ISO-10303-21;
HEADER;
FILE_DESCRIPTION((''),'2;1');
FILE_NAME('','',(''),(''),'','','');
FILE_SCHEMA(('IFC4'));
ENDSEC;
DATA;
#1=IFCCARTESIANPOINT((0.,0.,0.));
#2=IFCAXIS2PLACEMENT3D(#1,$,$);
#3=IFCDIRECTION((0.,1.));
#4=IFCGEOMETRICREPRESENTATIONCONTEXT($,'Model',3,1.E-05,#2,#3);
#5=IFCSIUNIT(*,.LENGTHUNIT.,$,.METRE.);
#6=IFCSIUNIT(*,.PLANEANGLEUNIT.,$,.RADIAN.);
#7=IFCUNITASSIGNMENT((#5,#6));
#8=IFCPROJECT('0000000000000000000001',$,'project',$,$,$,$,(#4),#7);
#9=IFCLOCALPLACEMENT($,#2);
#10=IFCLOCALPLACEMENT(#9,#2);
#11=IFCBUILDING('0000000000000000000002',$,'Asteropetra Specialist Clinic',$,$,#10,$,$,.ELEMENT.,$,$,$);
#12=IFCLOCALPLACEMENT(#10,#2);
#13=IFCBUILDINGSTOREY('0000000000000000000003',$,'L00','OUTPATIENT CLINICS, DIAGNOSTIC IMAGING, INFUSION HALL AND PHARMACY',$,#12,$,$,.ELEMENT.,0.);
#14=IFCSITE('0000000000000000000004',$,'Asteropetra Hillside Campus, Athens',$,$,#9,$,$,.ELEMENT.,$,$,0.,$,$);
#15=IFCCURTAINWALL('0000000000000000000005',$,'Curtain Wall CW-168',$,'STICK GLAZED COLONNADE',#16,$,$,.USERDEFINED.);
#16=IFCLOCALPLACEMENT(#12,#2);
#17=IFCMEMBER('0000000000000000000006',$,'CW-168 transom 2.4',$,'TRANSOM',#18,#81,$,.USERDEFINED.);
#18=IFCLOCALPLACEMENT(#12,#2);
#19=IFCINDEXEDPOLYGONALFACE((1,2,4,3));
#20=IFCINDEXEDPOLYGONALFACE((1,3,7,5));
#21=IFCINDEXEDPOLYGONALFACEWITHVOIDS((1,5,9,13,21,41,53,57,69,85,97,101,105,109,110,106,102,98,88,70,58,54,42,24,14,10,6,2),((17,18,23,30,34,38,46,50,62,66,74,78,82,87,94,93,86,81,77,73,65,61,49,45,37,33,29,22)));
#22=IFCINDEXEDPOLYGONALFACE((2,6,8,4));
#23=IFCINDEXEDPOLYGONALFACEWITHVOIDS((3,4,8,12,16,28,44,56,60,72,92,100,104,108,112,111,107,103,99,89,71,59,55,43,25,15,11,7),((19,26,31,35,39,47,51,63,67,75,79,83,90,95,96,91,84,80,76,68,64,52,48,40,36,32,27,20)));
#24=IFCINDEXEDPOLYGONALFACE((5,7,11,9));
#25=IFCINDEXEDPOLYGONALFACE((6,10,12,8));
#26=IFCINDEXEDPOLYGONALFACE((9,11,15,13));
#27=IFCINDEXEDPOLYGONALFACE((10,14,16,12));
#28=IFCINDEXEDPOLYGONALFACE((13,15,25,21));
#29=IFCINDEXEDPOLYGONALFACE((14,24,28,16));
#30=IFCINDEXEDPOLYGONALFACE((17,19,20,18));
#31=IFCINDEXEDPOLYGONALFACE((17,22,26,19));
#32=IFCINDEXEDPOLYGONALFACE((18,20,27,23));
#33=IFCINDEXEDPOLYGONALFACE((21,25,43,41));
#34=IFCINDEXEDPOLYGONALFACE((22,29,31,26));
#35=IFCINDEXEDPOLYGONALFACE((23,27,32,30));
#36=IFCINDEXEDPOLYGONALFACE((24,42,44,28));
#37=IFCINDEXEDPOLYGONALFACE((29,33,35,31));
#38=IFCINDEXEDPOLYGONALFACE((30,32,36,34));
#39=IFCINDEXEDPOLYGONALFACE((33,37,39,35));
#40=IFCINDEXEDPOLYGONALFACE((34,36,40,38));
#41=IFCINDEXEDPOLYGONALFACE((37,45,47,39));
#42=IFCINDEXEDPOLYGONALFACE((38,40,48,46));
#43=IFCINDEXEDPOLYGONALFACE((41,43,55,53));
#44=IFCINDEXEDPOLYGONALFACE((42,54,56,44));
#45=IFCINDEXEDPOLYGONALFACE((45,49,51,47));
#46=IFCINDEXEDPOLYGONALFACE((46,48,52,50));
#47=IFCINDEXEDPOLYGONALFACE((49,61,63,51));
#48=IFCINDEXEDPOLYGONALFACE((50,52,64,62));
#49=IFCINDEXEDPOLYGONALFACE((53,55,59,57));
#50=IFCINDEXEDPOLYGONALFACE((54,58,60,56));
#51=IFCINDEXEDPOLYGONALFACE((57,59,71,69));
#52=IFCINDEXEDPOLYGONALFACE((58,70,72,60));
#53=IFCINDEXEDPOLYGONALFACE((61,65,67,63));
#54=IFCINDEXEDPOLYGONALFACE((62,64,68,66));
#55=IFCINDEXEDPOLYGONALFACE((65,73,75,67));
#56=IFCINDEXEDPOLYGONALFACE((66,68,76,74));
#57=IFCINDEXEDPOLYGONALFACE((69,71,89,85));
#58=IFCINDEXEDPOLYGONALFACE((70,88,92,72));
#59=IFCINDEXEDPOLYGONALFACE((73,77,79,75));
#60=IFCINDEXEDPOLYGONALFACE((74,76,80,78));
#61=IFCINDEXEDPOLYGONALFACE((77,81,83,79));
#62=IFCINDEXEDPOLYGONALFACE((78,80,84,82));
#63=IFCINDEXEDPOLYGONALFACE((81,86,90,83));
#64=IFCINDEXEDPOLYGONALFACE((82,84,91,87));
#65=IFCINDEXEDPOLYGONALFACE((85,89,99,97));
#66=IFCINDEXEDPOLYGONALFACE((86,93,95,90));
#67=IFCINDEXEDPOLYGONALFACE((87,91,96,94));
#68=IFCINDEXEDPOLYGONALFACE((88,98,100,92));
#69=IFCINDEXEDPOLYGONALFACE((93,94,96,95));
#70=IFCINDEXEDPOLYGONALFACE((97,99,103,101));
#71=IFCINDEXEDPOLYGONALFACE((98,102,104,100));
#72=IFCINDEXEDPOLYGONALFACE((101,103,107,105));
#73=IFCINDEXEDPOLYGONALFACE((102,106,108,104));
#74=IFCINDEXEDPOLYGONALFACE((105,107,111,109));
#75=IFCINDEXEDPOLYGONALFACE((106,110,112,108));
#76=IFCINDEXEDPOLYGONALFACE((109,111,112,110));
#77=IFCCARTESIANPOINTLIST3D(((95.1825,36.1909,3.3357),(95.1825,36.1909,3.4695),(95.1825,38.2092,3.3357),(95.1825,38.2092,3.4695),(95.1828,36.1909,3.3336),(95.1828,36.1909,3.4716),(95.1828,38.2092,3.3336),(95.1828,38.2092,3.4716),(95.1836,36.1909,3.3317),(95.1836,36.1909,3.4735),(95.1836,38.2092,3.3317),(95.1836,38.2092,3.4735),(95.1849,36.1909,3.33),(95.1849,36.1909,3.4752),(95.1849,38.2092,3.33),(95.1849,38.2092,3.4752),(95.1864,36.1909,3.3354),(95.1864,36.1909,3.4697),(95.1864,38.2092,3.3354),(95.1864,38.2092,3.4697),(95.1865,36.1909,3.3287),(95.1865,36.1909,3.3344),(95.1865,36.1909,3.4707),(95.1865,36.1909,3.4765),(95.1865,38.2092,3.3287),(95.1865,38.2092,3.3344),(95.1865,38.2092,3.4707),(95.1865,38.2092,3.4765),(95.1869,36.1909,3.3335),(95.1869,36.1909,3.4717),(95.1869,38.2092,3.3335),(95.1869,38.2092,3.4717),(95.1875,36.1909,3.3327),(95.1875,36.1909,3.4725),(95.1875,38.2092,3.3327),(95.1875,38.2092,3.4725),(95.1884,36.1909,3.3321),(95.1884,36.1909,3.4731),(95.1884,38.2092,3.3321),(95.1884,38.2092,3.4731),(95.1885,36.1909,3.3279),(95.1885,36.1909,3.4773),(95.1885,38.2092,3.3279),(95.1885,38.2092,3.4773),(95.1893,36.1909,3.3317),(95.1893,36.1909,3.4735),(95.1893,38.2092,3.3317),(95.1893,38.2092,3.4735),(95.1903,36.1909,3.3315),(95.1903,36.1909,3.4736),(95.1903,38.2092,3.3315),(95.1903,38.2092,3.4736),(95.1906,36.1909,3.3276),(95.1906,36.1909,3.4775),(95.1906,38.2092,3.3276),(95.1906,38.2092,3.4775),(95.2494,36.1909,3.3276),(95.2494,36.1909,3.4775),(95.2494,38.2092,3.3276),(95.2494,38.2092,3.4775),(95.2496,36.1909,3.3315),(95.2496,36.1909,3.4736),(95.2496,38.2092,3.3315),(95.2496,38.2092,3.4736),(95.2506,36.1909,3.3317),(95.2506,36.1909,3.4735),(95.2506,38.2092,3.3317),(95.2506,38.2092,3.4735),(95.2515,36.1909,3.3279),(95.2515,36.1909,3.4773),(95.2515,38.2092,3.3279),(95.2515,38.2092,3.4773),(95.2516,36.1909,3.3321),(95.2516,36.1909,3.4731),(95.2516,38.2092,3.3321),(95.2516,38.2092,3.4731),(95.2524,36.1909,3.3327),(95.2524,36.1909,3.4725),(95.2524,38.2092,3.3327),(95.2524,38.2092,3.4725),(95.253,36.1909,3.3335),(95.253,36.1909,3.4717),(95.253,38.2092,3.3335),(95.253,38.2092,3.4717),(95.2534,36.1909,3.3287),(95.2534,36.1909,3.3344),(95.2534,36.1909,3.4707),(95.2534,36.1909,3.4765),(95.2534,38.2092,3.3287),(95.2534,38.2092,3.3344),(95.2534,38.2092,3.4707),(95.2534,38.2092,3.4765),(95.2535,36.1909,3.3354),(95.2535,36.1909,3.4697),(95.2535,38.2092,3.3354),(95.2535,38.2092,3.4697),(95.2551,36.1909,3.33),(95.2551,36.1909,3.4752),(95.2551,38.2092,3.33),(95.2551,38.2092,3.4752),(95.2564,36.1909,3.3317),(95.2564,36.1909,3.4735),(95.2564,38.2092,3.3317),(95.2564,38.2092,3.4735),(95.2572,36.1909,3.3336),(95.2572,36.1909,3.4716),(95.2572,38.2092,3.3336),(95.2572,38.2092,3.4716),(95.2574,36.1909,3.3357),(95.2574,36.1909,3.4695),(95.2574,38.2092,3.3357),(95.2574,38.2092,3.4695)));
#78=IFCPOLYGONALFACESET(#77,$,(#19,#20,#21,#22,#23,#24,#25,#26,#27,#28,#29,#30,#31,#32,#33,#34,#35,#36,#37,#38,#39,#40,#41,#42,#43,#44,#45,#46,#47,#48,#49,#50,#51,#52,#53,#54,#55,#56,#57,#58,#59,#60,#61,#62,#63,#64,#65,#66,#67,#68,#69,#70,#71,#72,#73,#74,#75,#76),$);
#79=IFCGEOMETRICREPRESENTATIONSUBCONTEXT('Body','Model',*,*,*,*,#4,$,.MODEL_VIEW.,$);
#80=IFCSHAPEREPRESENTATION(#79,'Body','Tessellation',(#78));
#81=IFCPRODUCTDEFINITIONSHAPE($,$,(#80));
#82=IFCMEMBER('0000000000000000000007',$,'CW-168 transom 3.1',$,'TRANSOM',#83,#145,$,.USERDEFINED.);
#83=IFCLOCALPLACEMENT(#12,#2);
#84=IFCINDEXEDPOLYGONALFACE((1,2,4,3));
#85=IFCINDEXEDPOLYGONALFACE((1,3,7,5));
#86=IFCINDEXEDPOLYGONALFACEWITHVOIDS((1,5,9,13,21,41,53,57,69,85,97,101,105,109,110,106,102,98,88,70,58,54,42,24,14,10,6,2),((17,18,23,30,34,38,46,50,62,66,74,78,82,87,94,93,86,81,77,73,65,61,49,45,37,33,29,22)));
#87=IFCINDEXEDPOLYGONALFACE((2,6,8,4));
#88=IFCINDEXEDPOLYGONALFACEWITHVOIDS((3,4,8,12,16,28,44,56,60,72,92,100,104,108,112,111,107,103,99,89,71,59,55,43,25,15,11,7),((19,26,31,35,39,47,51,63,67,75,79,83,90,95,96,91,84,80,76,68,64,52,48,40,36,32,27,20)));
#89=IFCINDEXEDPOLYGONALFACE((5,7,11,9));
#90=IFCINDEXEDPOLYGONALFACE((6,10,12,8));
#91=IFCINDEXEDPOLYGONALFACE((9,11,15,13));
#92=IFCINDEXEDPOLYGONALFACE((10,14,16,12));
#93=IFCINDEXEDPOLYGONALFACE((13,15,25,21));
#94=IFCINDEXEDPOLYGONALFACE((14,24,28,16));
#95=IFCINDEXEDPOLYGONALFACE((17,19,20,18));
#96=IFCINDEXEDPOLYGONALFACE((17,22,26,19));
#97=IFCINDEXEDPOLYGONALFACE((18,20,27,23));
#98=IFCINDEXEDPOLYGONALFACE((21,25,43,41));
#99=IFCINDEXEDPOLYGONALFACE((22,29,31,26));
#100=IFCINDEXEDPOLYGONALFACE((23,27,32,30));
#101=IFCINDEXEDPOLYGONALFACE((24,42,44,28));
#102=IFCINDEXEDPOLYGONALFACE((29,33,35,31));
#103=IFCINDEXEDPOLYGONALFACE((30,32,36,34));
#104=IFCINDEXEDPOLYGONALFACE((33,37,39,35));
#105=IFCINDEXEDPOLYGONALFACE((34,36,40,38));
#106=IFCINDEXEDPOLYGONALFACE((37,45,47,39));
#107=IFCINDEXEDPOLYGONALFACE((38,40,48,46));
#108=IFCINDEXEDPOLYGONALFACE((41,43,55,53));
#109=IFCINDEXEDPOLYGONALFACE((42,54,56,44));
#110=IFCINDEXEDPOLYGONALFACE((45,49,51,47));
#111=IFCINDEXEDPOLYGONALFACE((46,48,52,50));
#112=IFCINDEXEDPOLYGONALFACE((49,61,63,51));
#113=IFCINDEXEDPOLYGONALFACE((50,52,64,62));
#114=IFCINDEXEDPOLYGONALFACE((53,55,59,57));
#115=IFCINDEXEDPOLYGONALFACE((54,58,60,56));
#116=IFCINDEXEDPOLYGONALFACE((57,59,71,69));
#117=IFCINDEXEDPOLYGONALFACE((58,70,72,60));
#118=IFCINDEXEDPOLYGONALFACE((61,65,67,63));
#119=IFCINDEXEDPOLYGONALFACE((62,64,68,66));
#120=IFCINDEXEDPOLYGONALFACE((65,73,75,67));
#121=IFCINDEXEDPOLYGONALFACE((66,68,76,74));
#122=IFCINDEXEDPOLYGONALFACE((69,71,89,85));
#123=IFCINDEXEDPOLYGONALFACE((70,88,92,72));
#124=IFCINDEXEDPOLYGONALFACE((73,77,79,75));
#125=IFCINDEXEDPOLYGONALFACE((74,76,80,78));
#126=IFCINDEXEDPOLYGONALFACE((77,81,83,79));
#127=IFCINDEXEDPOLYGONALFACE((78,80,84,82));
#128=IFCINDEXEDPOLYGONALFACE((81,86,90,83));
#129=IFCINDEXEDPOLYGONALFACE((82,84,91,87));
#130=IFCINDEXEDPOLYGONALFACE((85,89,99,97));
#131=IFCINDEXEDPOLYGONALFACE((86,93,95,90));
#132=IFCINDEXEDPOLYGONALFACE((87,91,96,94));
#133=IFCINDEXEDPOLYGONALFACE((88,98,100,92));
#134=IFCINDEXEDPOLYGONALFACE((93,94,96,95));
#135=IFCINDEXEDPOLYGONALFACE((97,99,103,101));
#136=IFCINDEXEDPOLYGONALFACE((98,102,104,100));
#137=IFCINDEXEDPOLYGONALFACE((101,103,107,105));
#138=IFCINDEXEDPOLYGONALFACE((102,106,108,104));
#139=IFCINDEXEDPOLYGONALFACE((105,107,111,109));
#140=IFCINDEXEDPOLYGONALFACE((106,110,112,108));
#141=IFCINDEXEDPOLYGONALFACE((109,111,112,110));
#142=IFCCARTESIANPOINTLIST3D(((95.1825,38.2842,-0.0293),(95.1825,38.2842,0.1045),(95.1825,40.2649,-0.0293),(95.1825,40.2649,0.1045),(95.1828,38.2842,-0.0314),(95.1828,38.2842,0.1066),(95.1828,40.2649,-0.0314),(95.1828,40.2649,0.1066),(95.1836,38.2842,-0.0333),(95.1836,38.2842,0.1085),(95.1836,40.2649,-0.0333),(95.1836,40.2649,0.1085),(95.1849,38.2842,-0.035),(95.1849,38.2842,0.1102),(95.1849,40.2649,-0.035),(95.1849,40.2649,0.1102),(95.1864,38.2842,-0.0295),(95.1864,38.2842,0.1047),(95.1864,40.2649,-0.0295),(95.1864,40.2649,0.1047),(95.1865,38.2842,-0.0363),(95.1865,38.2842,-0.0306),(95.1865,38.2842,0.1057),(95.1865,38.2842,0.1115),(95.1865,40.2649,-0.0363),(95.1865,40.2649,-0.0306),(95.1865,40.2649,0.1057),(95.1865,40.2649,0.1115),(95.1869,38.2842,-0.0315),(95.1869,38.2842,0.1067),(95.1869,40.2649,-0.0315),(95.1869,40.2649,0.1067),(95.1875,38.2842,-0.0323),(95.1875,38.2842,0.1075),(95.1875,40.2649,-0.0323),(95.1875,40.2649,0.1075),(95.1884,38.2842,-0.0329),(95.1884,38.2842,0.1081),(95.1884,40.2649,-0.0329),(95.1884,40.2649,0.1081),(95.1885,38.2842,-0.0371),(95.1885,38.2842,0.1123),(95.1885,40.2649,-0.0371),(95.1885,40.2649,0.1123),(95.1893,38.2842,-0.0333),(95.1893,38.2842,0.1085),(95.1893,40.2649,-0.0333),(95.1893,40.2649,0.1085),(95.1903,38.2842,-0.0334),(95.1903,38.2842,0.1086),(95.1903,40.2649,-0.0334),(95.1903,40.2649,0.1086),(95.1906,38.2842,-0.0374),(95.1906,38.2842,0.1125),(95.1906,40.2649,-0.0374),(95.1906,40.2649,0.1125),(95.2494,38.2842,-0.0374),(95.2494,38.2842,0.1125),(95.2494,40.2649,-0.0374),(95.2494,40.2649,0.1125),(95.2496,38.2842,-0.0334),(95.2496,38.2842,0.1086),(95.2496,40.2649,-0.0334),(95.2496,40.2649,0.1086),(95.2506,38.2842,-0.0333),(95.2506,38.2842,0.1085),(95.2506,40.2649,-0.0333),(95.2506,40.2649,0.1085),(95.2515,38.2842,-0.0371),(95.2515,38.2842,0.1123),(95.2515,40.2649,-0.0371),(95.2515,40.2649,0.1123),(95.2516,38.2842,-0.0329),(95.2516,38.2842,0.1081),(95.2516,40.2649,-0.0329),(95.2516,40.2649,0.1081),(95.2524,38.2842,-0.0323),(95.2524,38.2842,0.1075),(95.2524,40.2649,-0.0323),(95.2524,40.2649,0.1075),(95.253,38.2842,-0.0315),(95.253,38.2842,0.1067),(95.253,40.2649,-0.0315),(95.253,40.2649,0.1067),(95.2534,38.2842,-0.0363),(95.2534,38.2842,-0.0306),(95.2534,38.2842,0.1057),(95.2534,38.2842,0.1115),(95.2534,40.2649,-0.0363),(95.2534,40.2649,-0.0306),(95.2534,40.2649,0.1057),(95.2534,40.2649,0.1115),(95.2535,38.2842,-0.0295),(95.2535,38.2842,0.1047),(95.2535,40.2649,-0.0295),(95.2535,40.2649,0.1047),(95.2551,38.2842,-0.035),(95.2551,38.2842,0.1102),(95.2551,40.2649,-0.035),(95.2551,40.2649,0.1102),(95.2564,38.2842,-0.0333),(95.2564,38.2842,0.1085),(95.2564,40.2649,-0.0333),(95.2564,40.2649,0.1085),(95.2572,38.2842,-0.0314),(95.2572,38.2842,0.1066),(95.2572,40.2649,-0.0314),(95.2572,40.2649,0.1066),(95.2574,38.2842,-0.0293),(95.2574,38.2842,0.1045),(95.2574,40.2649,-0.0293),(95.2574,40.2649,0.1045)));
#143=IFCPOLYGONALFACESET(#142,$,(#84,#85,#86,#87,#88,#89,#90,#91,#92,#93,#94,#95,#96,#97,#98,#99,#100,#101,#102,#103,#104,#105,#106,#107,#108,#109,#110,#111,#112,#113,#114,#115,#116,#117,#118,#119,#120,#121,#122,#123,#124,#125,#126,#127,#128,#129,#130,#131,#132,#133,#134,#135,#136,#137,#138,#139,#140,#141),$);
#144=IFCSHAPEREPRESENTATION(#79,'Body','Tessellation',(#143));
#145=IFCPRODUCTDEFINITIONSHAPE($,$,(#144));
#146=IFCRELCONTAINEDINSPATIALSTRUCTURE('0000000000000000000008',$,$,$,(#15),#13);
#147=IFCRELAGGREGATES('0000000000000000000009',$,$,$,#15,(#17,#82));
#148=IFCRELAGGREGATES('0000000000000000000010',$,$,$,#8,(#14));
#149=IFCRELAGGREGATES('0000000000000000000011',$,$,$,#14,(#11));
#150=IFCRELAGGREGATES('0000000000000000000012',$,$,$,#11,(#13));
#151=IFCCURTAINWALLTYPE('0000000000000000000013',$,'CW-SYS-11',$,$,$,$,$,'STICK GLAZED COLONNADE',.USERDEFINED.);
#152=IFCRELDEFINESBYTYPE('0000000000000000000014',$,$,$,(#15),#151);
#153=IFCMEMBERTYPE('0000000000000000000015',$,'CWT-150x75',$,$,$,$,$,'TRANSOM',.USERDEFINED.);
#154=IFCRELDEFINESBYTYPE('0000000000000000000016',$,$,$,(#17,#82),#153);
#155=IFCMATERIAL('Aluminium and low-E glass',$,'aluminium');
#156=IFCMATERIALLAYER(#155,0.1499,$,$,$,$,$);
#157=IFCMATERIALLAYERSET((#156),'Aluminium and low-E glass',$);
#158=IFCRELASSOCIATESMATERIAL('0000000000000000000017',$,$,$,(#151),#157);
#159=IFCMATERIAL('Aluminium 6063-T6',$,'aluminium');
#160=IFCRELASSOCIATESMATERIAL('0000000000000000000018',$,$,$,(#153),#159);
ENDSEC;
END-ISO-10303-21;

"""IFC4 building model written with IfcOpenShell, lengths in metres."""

from ifc_helpers import new_model, si_unit, direction, frame, origin, origin_2d, place, context, subcontext, project, spatial, hollow_rectangle, extrude, material, layer, layer_set, material_profile, profile_set, type_object, element, aggregate, save


model = new_model("IFC4")

# Units and contexts
model_context = context("Model", 3, precision=1e-05, world=origin(), true_north=direction((0.0, 1.0)))
body_context = subcontext(model_context, "Body", "Model", "MODEL_VIEW")
ifc_project = project(units=[si_unit("LENGTHUNIT", "METRE"), si_unit("PLANEANGLEUNIT", "RADIAN")], contexts=[model_context])

# Site, building, storey
site_placement = place(None, origin())
site = spatial("IfcSite", under=ifc_project, at=site_placement, Name="Asteropetra Hillside Campus, Athens", CompositionType="ELEMENT", RefElevation=0.0)
building_placement = place(site_placement, origin())
building = spatial("IfcBuilding", under=site, at=building_placement, Name="Asteropetra Specialist Clinic", CompositionType="ELEMENT")
storey_placement = place(building_placement, origin())
storey = spatial("IfcBuildingStorey", under=building, at=storey_placement, Name="L00", Description="OUTPATIENT CLINICS, DIAGNOSTIC IMAGING, INFUSION HALL AND PHARMACY", CompositionType="ELEMENT", Elevation=0.0)

# Curtain wall
ifc_material_1 = material(Name="Aluminium and low-E glass", Category="aluminium")
ifc_layer_1 = layer(ifc_material_1, 0.1499)
ifc_layer_set_1 = layer_set([ifc_layer_1], Name="Aluminium and low-E glass")
curtain_wall_type_1 = type_object("IfcCurtainWallType", Name="CW-SYS-11", ElementType="STICK GLAZED COLONNADE", PredefinedType="USERDEFINED", material=ifc_layer_set_1)
curtain_wall_1_placement = place(storey_placement, origin())
curtain_wall_1 = element("IfcCurtainWall", 1, at=curtain_wall_1_placement, inside=storey, type_object=curtain_wall_type_1, Name="Curtain Wall CW-168", ObjectType="STICK GLAZED COLONNADE", PredefinedType="USERDEFINED")

# Members
ifc_material_2 = material(Name="Aluminium 6063-T6", Category="aluminium")
ifc_material_profile_1 = material_profile(ifc_material_2, hollow_rectangle(XDim=0.075, YDim=0.1499, WallThickness=0.0039, InnerFilletRadius=0.0039, OuterFilletRadius=0.0081, at=origin_2d()), Name="TRN 150x75x4.0")
ifc_profile_set_1 = profile_set([ifc_material_profile_1], Name="Aluminium 6063-T6")
member_type_1 = type_object("IfcMemberType", Name="CWT-150x75", ElementType="TRANSOM", PredefinedType="USERDEFINED", material=ifc_profile_set_1)
member_1_placement = place(storey_placement, frame((95.22, 36.1909, 3.4026), z_axis=(0.0, 1.0, 0.0), x_axis=(-1.0, 0.0, 0.0)))
member_1 = element("IfcMember", 2, at=member_1_placement, type_object=member_type_1, Name="CW-168 transom 2.4", ObjectType="TRANSOM", PredefinedType="USERDEFINED", context=body_context, shape_type="SweptSolid", body=[
    extrude(hollow_rectangle(XDim=0.075, YDim=0.1499, WallThickness=0.0039, InnerFilletRadius=0.0039, OuterFilletRadius=0.0081, at=origin_2d()), origin(), (0.0, 0.0, 1.0), 2.0183),
])
member_2_placement = place(storey_placement, frame((95.22, 38.2842, 0.0376), z_axis=(0.0, 1.0, 0.0), x_axis=(-1.0, 0.0, 0.0)))
member_2 = element("IfcMember", 3, at=member_2_placement, type_object=member_type_1, Name="CW-168 transom 3.1", ObjectType="TRANSOM", PredefinedType="USERDEFINED", context=body_context, shape_type="SweptSolid", body=[
    extrude(hollow_rectangle(XDim=0.075, YDim=0.1499, WallThickness=0.0039, InnerFilletRadius=0.0039, OuterFilletRadius=0.0081, at=origin_2d()), origin(), (0.0, 0.0, 1.0), 1.9807),
])

aggregate(curtain_wall_1, [member_1, member_2])

save(model, "model.ifc")
